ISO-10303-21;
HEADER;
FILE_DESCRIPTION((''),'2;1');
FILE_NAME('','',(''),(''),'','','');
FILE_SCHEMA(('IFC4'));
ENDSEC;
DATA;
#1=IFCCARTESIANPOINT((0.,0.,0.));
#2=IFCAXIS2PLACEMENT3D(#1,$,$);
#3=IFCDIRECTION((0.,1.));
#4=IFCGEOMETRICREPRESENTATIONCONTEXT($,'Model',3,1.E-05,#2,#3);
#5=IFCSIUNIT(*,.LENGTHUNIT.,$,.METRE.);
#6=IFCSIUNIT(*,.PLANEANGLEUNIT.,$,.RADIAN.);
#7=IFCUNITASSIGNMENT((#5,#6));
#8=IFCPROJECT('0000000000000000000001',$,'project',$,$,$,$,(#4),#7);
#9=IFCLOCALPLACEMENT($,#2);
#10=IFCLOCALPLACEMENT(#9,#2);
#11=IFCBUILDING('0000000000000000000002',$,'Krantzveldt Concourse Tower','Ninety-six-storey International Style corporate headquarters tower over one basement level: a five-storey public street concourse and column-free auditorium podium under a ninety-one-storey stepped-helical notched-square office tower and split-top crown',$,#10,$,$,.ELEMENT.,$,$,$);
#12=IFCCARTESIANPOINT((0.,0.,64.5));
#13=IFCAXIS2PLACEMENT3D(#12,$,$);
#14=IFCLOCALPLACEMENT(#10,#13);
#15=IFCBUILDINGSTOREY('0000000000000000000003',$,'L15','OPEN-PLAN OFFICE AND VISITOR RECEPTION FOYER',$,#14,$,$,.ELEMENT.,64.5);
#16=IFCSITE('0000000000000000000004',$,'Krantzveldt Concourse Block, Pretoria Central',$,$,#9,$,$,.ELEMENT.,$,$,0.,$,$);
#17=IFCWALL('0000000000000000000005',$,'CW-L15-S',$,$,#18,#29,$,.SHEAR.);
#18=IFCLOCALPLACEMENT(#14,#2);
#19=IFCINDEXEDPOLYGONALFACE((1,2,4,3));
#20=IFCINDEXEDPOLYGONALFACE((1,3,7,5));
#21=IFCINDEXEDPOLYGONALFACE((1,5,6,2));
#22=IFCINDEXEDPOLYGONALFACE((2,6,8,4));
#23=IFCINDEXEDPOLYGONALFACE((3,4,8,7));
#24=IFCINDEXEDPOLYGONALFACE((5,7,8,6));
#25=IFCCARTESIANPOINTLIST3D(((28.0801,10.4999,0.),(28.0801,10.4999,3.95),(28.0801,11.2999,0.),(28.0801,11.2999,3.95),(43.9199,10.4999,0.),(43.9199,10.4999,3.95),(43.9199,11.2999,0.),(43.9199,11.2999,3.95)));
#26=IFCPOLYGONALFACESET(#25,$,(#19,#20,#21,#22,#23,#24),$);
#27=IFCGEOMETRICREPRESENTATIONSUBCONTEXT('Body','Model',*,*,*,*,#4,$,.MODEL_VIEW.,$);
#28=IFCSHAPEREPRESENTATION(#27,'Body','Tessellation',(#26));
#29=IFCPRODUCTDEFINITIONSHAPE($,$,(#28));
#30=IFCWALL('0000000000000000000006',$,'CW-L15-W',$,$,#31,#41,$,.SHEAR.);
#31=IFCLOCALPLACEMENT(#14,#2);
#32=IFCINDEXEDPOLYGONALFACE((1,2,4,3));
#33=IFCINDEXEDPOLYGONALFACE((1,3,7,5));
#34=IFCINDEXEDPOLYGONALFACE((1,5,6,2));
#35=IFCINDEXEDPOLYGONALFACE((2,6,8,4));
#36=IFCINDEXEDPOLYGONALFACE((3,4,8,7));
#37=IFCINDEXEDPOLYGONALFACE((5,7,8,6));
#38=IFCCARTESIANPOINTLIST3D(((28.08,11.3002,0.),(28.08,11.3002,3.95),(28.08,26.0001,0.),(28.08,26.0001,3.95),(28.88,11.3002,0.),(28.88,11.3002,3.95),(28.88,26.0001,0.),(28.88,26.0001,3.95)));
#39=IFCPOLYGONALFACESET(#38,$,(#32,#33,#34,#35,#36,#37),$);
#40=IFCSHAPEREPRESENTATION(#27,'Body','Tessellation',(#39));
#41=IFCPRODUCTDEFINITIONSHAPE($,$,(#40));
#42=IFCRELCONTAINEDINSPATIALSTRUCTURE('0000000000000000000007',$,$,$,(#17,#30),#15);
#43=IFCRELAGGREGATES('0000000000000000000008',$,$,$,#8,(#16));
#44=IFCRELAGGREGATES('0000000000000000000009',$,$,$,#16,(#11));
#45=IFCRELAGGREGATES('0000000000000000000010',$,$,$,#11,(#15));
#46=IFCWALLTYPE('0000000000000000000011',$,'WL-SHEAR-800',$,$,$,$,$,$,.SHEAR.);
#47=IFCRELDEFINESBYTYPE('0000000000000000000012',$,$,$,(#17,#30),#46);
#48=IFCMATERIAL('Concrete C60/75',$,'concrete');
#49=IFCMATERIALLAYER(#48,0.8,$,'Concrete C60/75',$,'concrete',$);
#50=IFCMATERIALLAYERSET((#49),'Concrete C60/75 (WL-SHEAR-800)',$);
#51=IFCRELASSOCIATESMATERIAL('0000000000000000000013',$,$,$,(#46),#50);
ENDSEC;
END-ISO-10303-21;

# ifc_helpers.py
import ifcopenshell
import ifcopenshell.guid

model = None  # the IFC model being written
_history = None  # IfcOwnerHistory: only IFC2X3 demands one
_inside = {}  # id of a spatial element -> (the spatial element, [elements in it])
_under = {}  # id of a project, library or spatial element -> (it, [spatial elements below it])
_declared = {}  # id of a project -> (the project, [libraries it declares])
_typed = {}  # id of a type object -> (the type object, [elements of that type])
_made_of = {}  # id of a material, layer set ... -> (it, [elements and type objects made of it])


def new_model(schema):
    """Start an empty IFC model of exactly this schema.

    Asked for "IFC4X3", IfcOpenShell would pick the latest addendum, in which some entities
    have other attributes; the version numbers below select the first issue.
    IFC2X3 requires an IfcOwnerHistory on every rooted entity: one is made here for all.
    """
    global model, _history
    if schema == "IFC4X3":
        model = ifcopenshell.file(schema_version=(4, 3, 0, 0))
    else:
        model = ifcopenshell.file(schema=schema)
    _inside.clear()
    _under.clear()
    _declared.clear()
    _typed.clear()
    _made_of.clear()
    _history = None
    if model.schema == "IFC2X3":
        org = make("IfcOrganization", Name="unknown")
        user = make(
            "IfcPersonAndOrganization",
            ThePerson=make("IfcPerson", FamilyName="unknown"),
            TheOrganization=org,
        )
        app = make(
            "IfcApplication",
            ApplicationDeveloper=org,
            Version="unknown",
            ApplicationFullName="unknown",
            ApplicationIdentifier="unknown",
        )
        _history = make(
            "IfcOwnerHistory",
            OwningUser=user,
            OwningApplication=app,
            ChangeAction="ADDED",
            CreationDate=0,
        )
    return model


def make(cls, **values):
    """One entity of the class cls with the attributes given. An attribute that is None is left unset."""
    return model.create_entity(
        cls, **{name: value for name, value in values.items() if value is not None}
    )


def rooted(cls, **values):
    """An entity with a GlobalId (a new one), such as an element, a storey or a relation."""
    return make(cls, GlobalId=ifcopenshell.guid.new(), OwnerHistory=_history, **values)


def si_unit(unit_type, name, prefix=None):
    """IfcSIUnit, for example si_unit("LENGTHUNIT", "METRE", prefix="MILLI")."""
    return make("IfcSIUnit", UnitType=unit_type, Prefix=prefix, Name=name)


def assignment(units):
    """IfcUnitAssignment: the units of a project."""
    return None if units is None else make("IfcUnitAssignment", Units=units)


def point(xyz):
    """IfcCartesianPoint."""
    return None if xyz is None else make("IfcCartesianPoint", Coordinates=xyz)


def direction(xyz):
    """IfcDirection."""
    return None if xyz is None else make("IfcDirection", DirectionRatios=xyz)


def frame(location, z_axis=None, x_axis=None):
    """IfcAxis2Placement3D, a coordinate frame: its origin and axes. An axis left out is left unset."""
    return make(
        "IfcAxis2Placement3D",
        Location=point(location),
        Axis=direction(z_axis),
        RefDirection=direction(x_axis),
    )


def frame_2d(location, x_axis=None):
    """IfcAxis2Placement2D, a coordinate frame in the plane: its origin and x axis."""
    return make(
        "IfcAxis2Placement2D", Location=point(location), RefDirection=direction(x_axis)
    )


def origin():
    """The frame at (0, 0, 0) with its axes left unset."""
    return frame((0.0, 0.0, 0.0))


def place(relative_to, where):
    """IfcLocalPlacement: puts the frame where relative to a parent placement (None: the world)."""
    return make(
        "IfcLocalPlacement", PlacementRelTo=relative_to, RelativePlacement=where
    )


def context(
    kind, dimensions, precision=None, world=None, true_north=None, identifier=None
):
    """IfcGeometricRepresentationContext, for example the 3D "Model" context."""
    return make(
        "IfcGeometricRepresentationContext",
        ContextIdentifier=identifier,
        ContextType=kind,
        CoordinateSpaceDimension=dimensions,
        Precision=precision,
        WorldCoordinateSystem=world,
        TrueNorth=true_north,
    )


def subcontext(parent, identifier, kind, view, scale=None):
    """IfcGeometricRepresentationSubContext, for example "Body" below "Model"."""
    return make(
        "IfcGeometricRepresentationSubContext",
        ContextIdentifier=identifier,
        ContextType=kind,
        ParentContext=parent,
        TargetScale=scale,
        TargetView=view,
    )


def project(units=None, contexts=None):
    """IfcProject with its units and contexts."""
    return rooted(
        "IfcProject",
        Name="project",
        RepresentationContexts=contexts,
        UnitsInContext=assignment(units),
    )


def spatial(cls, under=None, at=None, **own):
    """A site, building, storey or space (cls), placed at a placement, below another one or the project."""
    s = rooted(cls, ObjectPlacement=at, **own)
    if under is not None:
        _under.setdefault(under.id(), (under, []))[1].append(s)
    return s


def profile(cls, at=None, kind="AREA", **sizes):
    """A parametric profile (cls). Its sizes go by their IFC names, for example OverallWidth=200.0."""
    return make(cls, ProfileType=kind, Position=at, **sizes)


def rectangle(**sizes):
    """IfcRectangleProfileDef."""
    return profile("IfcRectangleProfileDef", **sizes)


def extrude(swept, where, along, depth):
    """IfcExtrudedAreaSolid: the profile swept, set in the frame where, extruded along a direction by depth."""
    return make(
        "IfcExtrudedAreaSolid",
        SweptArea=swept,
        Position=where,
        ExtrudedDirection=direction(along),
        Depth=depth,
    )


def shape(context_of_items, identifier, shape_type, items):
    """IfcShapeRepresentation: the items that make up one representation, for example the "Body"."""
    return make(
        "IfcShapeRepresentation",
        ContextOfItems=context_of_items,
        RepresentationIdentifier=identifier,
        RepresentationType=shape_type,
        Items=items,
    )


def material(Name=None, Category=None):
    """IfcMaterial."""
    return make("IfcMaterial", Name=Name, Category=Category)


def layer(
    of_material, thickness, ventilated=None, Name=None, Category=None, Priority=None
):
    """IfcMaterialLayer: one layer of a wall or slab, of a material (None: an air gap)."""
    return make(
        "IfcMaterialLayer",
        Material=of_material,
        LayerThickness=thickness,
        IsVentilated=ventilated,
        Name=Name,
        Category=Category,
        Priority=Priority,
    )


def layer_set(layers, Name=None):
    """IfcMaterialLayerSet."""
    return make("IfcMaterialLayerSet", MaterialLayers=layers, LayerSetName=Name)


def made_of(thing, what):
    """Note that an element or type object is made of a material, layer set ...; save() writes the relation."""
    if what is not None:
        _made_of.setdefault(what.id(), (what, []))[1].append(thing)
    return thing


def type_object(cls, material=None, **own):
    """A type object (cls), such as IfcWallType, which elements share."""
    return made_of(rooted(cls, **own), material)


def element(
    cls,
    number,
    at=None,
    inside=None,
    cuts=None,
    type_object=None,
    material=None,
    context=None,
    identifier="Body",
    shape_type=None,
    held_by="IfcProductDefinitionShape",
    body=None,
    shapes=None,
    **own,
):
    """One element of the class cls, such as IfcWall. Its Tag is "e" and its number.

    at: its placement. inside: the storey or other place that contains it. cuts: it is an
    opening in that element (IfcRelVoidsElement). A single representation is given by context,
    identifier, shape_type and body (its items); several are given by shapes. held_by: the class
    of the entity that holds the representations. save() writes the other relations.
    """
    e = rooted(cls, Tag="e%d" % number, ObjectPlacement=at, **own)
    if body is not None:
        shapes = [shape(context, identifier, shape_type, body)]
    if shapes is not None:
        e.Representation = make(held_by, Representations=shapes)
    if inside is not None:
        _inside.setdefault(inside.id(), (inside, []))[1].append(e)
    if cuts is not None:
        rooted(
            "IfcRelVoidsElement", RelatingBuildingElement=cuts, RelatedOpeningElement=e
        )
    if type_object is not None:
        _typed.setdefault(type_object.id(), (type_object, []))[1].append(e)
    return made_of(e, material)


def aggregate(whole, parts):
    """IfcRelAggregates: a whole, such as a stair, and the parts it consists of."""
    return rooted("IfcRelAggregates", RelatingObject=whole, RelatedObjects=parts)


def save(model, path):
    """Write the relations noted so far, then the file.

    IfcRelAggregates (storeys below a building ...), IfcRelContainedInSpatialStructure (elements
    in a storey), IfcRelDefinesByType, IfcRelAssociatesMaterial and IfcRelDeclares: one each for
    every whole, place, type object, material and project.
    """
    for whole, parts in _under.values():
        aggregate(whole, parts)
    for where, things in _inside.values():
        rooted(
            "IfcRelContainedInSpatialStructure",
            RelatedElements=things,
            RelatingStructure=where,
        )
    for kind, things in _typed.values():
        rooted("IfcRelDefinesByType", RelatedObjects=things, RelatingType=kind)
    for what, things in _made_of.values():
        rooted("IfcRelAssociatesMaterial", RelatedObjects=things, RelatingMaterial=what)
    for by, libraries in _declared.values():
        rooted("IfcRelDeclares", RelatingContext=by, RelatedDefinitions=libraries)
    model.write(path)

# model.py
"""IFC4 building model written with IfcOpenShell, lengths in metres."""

from ifc_helpers import new_model, si_unit, direction, frame, frame_2d, origin, place, context, subcontext, project, spatial, rectangle, extrude, material, layer, layer_set, type_object, element, save


model = new_model("IFC4")

# Units and contexts
model_context = context("Model", 3, precision=1e-05, world=origin(), true_north=direction((0.0, 1.0)))
body_context = subcontext(model_context, "Body", "Model", "MODEL_VIEW")
ifc_project = project(units=[si_unit("LENGTHUNIT", "METRE"), si_unit("PLANEANGLEUNIT", "RADIAN")], contexts=[model_context])

# Site, building, storey
site_placement = place(None, origin())
site = spatial("IfcSite", under=ifc_project, at=site_placement, Name="Krantzveldt Concourse Block, Pretoria Central", CompositionType="ELEMENT", RefElevation=0.0)
building_placement = place(site_placement, origin())
building = spatial("IfcBuilding", under=site, at=building_placement, Name="Krantzveldt Concourse Tower", Description="Ninety-six-storey International Style corporate headquarters tower over one basement level: a five-storey public street concourse and column-free auditorium podium under a ninety-one-storey stepped-helical notched-square office tower and split-top crown", CompositionType="ELEMENT")
storey_placement = place(building_placement, frame((0.0, 0.0, 64.5)))
storey = spatial("IfcBuildingStorey", under=building, at=storey_placement, Name="L15", Description="OPEN-PLAN OFFICE AND VISITOR RECEPTION FOYER", CompositionType="ELEMENT", Elevation=64.5)

# Walls
ifc_material_1 = material(Name="Concrete C60/75", Category="concrete")
ifc_layer_1 = layer(ifc_material_1, 0.8, Name="Concrete C60/75", Category="concrete")
ifc_layer_set_1 = layer_set([ifc_layer_1], Name="Concrete C60/75 (WL-SHEAR-800)")
wall_type_1 = type_object("IfcWallType", Name="WL-SHEAR-800", PredefinedType="SHEAR", material=ifc_layer_set_1)
wall_1_placement = place(storey_placement, frame((28.0801, 10.8999, 0.0), z_axis=(0.0, 0.0, 1.0), x_axis=(1.0, 0.0, 0.0)))
element("IfcWall", 1, at=wall_1_placement, inside=storey, type_object=wall_type_1, Name="CW-L15-S", PredefinedType="SHEAR", context=body_context, shape_type="SweptSolid", body=[
    extrude(rectangle(XDim=15.8398, YDim=0.8, at=frame_2d((7.9199, 0.0))), origin(), (0.0, 0.0, 1.0), 3.95),
])
wall_2_placement = place(storey_placement, frame((28.48, 11.3, 0.0), z_axis=(0.0, 0.0, 1.0), x_axis=(0.0, 1.0, 0.0)))
element("IfcWall", 2, at=wall_2_placement, inside=storey, type_object=wall_type_1, Name="CW-L15-W", PredefinedType="SHEAR", context=body_context, shape_type="SweptSolid", body=[
    extrude(rectangle(XDim=14.7, YDim=0.8, at=frame_2d((7.3501, 0.0))), origin(), (0.0, 0.0, 1.0), 3.95),
])

save(model, "model.ifc")
